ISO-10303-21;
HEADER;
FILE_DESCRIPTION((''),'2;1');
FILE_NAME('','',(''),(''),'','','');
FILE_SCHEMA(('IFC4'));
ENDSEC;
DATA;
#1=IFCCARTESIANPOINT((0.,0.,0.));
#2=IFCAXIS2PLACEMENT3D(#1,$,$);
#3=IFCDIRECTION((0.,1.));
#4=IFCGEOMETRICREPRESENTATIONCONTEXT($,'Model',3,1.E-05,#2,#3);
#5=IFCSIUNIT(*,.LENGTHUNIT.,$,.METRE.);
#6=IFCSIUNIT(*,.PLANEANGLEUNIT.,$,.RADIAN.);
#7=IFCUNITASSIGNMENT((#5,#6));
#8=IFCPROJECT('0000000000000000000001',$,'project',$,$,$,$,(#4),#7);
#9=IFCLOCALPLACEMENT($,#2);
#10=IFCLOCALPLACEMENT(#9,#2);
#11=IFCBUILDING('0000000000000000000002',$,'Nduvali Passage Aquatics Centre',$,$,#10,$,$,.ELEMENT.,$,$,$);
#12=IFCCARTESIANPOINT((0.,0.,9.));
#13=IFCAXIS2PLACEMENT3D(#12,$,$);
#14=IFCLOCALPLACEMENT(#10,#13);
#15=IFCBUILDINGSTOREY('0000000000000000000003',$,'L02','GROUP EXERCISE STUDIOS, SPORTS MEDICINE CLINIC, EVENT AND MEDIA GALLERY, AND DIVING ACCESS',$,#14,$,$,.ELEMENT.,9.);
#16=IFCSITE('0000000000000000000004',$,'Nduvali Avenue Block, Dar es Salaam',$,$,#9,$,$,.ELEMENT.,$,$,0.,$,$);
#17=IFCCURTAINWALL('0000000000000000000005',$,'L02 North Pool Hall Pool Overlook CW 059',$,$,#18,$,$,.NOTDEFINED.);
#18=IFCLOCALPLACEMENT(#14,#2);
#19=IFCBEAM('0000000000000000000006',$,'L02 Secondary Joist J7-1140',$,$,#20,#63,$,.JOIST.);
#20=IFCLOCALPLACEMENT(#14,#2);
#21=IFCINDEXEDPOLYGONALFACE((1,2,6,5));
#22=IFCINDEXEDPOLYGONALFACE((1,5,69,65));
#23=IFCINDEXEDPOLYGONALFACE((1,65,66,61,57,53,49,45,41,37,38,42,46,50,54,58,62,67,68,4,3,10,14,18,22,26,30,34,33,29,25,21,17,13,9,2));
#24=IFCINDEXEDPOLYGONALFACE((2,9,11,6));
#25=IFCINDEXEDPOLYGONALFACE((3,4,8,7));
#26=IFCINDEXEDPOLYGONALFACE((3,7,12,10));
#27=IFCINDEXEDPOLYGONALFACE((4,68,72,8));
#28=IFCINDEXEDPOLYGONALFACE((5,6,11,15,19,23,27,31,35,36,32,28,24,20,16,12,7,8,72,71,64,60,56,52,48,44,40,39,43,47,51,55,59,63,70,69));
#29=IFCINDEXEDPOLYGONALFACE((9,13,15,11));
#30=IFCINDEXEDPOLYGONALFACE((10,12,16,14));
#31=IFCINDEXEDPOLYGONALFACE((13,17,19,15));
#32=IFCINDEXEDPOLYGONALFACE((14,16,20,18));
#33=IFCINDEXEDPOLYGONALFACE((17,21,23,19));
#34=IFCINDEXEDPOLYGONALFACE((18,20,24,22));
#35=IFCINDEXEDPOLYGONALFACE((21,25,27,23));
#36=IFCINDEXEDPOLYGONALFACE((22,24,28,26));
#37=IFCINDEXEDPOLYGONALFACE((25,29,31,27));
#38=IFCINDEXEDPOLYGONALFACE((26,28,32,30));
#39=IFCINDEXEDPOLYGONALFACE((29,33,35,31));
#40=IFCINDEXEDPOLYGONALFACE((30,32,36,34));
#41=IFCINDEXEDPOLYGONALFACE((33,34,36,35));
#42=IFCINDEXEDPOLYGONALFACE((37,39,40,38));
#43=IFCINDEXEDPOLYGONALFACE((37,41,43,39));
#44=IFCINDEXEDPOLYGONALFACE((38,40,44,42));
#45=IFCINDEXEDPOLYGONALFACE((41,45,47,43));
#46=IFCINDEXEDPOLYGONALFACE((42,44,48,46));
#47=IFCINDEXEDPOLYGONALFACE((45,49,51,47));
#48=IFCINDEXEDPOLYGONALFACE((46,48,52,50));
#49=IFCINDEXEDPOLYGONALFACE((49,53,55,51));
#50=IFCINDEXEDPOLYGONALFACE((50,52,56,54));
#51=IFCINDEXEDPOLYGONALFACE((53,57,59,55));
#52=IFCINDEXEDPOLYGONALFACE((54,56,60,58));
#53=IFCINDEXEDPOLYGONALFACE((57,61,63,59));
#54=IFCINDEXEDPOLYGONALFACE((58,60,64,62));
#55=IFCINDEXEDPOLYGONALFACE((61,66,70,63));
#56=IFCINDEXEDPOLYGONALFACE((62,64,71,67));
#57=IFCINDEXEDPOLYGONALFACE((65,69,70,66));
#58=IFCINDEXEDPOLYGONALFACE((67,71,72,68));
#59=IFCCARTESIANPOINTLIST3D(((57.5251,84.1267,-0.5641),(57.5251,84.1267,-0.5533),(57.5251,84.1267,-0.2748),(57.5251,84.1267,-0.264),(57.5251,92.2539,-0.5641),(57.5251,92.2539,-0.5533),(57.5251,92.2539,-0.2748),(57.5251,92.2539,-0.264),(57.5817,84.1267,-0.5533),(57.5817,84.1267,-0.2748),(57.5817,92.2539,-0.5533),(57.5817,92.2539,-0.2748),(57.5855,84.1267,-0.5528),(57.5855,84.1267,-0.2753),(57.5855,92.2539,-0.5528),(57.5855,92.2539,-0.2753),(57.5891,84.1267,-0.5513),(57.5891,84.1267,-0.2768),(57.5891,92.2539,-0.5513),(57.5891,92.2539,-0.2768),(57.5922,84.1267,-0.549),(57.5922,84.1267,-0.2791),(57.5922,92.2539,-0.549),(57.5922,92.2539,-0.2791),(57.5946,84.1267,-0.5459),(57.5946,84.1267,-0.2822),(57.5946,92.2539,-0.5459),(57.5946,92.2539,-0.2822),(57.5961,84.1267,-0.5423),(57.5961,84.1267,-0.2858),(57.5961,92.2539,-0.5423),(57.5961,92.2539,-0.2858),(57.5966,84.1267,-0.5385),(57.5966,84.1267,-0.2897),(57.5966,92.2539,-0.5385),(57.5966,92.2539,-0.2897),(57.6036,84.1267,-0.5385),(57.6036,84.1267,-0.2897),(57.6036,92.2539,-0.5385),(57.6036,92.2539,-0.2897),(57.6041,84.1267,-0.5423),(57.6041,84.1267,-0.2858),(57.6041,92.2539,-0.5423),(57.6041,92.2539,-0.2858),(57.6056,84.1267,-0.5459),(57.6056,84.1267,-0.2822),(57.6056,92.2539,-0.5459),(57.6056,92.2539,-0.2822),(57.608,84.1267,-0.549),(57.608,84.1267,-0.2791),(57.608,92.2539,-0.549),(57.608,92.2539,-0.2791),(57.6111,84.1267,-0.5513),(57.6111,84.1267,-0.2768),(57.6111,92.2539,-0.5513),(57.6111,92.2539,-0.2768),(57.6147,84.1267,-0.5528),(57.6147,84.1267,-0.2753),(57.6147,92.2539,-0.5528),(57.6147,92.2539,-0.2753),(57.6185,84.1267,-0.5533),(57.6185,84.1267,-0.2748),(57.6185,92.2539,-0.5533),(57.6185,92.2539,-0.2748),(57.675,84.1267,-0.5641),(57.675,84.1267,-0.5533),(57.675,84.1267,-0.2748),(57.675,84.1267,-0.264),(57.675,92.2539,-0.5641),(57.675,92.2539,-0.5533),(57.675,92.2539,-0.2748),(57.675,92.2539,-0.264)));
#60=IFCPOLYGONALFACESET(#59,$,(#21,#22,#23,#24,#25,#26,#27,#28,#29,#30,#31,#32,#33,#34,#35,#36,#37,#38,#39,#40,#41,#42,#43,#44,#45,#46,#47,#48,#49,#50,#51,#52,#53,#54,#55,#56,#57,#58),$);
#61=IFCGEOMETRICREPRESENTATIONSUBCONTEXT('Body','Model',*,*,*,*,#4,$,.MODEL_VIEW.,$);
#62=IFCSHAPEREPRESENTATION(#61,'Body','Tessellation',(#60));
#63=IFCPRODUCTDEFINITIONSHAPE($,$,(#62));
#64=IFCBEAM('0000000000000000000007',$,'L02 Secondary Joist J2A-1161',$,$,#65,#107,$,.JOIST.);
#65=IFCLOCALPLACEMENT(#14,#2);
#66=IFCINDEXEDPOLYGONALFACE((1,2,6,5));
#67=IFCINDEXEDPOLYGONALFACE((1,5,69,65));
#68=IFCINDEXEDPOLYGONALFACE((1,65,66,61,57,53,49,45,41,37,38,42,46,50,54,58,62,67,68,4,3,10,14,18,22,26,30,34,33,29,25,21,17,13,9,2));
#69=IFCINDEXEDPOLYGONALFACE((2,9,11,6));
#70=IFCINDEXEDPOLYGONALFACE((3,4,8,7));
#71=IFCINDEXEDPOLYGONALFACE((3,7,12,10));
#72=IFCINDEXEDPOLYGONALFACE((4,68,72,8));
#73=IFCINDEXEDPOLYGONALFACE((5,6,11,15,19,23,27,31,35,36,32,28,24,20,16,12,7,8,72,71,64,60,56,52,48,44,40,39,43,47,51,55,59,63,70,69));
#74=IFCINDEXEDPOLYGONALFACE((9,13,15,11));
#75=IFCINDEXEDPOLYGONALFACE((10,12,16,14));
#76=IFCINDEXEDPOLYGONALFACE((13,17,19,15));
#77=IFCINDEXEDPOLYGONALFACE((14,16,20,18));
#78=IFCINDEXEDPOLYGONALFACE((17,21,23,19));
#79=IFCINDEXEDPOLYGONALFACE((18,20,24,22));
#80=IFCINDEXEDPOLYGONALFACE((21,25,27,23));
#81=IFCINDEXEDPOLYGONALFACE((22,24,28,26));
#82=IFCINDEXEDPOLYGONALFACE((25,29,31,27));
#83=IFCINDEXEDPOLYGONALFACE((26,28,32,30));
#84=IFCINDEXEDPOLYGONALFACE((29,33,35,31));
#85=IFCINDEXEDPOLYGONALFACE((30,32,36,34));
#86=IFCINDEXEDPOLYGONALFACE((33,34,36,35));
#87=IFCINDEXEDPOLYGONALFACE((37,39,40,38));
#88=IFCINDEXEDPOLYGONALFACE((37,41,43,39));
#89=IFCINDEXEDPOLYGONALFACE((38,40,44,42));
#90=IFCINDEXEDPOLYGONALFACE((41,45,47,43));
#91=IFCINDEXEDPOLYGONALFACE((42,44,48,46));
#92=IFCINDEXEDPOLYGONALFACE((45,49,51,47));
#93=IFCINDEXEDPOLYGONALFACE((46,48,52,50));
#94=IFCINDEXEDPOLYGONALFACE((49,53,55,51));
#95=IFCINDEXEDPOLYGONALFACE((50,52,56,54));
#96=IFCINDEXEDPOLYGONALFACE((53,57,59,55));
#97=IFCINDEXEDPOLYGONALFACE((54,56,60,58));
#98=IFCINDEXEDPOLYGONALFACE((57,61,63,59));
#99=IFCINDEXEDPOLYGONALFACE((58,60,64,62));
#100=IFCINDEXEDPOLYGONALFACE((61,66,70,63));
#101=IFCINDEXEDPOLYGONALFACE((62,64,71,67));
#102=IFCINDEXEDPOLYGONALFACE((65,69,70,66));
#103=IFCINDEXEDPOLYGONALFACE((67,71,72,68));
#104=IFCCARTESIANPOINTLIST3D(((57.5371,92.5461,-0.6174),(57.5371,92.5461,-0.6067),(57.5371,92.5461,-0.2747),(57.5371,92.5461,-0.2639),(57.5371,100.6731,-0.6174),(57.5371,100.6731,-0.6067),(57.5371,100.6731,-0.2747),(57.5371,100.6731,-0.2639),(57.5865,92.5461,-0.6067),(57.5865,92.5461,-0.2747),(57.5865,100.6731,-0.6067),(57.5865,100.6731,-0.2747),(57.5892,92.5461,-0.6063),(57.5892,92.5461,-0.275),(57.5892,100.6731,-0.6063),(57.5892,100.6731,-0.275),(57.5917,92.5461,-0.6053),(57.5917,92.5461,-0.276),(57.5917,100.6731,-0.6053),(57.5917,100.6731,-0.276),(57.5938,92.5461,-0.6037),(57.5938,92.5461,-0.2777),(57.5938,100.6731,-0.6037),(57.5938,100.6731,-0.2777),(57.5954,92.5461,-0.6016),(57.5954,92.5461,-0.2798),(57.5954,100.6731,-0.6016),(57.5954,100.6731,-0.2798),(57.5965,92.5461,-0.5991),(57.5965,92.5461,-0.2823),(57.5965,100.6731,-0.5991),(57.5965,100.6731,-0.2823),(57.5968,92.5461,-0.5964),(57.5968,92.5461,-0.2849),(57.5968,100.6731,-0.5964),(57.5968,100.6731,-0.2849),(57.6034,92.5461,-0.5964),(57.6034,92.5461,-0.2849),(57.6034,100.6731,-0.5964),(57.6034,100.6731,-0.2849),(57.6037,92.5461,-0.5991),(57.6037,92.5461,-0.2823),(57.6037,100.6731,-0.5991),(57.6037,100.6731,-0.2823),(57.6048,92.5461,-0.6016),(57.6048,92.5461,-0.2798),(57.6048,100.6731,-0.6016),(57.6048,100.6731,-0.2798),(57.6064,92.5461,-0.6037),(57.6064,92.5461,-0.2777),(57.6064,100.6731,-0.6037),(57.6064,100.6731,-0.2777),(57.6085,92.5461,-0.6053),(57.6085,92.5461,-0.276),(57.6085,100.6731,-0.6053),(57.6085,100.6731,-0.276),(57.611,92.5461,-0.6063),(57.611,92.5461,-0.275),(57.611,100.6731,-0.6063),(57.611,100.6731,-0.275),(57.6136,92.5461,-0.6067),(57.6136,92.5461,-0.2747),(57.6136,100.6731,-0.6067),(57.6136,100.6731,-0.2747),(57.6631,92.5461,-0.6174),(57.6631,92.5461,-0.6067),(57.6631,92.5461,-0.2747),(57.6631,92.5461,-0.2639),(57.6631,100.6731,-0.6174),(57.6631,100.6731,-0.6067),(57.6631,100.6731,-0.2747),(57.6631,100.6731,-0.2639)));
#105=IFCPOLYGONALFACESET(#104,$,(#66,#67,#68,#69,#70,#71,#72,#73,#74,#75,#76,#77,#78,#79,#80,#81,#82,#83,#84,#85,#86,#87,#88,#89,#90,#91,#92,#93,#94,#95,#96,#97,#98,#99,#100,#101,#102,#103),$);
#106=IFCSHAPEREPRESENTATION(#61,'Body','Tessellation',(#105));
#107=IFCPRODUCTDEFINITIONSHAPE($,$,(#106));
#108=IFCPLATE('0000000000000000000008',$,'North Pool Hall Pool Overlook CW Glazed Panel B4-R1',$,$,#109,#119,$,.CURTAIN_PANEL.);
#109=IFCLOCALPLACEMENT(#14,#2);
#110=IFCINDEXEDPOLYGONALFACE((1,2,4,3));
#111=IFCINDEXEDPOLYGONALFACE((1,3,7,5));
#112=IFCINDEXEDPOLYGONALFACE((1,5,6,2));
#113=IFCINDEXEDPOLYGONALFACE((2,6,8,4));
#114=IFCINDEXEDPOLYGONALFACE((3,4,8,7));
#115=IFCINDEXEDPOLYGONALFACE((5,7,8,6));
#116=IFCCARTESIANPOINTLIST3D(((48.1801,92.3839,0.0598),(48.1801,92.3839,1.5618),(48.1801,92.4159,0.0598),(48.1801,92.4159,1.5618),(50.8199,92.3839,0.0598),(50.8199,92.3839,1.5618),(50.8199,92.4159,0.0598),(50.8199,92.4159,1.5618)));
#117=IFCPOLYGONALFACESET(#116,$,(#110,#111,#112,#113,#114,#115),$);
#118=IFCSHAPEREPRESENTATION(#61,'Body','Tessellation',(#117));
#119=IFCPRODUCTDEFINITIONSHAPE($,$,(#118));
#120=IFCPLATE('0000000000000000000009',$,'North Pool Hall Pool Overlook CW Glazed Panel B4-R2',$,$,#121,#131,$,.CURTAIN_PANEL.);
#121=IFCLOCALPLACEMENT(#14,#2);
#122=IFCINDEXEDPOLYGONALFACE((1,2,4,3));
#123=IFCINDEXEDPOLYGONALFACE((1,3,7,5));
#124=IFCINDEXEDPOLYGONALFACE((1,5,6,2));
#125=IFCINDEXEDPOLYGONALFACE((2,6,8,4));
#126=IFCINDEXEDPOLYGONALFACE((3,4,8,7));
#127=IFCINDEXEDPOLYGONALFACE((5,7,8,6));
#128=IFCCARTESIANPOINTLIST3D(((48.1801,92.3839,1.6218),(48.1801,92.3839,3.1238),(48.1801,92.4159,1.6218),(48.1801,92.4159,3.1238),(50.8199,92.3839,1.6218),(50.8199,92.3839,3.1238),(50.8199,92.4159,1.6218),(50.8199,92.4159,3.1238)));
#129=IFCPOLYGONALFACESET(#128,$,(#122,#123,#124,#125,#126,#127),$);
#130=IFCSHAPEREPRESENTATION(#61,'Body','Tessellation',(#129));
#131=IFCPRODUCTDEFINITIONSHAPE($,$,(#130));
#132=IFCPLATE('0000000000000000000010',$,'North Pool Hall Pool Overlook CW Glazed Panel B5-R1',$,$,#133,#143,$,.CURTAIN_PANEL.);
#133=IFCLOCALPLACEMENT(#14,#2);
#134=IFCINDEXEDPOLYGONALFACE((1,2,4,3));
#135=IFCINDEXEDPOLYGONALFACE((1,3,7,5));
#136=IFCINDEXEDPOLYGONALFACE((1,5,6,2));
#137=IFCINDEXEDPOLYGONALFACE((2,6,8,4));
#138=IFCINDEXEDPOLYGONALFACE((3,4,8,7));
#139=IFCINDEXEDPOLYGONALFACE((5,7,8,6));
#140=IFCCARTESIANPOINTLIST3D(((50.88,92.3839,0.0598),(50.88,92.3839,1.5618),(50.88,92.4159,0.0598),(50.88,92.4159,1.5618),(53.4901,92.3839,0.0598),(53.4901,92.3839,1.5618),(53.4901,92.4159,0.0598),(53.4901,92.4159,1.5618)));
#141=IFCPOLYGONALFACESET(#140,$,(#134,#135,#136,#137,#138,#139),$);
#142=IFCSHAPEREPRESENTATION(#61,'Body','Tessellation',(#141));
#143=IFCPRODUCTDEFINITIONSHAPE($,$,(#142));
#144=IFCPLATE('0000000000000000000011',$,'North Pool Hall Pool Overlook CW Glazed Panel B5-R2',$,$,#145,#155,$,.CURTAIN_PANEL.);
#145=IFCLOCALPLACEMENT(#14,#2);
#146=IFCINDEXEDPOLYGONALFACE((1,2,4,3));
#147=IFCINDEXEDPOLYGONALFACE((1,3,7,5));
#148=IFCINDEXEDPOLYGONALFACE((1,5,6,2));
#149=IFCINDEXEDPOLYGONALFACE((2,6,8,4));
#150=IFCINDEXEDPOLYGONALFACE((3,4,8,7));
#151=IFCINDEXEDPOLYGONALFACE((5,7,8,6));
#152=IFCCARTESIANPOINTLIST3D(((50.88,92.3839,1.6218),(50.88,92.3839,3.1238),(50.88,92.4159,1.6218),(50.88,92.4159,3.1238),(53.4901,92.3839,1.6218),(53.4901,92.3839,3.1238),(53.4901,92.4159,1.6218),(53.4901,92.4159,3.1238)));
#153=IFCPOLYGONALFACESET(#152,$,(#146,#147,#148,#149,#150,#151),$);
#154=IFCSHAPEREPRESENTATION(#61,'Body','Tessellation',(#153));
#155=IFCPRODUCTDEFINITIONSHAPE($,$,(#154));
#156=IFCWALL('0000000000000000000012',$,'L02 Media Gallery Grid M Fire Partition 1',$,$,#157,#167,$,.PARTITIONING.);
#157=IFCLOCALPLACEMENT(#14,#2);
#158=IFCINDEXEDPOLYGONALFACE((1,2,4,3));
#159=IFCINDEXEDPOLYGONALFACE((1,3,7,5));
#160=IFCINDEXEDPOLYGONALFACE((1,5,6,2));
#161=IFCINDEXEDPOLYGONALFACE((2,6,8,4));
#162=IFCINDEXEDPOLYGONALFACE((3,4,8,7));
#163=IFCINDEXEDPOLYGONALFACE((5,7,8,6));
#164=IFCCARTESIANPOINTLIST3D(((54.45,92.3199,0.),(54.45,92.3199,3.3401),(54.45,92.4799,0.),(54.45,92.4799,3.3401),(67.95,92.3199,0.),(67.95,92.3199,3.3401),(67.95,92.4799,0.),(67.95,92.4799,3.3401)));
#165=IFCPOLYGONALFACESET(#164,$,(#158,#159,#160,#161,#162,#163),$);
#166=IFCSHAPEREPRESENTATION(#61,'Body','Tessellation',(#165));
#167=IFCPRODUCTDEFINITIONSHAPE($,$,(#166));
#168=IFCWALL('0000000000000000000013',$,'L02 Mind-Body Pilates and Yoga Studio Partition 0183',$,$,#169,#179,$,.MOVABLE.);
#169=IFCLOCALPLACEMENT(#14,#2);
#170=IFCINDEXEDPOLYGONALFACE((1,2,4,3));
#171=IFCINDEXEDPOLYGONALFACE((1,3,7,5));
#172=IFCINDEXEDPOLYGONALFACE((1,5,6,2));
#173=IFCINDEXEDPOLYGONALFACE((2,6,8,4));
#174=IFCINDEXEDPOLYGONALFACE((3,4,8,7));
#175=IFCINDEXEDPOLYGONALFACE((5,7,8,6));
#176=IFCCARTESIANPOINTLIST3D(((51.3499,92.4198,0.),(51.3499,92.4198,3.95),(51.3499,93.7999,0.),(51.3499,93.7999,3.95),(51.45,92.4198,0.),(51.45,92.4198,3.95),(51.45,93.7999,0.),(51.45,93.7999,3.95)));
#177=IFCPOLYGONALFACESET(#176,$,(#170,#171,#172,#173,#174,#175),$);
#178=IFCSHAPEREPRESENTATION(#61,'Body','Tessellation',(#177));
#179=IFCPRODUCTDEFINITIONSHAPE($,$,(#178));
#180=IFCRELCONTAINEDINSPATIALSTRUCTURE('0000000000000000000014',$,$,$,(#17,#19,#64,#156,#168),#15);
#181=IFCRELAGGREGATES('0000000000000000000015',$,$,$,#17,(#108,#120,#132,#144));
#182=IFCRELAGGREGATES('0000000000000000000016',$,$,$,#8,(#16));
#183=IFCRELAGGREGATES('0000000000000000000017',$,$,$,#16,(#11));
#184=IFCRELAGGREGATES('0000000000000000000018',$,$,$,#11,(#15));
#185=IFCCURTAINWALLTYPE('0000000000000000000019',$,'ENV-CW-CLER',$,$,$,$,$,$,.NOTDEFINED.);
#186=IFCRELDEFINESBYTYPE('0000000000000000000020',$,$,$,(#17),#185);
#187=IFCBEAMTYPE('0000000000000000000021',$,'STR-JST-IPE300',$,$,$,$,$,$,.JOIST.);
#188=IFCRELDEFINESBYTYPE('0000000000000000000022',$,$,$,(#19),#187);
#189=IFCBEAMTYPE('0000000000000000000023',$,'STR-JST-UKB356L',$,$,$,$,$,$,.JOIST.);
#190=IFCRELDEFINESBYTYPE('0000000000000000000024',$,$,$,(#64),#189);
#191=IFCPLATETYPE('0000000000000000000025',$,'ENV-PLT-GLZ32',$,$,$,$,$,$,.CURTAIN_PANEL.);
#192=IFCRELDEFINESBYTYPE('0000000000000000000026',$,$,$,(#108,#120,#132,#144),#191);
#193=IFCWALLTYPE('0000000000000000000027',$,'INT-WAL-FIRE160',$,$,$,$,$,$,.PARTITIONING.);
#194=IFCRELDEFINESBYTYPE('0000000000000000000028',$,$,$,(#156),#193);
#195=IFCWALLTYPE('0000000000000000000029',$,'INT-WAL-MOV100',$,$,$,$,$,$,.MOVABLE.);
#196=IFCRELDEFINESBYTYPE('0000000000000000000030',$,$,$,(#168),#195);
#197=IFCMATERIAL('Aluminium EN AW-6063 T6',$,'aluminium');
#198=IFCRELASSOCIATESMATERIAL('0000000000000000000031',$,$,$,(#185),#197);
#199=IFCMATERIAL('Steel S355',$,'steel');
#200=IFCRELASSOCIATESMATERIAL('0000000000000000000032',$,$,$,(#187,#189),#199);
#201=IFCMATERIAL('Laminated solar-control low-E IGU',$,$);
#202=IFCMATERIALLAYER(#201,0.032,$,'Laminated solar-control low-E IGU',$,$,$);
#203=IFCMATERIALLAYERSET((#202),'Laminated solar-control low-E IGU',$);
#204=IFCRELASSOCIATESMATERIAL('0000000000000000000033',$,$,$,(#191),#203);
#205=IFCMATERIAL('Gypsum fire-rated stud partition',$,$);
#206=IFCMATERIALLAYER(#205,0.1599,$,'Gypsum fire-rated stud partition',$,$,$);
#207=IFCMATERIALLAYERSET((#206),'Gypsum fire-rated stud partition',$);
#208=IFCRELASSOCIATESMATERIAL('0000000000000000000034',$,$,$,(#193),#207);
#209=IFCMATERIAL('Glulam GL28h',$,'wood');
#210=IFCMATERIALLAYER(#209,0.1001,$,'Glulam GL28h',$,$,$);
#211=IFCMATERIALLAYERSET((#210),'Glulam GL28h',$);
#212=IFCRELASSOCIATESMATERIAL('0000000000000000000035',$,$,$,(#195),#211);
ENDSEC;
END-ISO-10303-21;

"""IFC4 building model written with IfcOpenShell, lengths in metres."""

from ifc_helpers import new_model, si_unit, direction, frame, frame_2d, origin, origin_2d, place, context, subcontext, project, spatial, rectangle, i_section, extrude, material, layer, layer_set, material_profile, profile_set, type_object, element, aggregate, save


model = new_model("IFC4")

# Units and contexts
model_context = context("Model", 3, precision=1e-05, world=origin(), true_north=direction((0.0, 1.0)))
body_context = subcontext(model_context, "Body", "Model", "MODEL_VIEW")
ifc_project = project(units=[si_unit("LENGTHUNIT", "METRE"), si_unit("PLANEANGLEUNIT", "RADIAN")], contexts=[model_context])

# Site, building, storey
site_placement = place(None, origin())
site = spatial("IfcSite", under=ifc_project, at=site_placement, Name="Nduvali Avenue Block, Dar es Salaam", CompositionType="ELEMENT", RefElevation=0.0)
building_placement = place(site_placement, origin())
building = spatial("IfcBuilding", under=site, at=building_placement, Name="Nduvali Passage Aquatics Centre", CompositionType="ELEMENT")
storey_placement = place(building_placement, frame((0.0, 0.0, 9.0)))
storey = spatial("IfcBuildingStorey", under=building, at=storey_placement, Name="L02", Description="GROUP EXERCISE STUDIOS, SPORTS MEDICINE CLINIC, EVENT AND MEDIA GALLERY, AND DIVING ACCESS", CompositionType="ELEMENT", Elevation=9.0)

# Curtain wall
ifc_material_1 = material(Name="Aluminium EN AW-6063 T6", Category="aluminium")
curtain_wall_type = type_object("IfcCurtainWallType", Name="ENV-CW-CLER", PredefinedType="NOTDEFINED", material=ifc_material_1)
curtain_wall_placement = place(storey_placement, origin())
curtain_wall = element("IfcCurtainWall", 1, at=curtain_wall_placement, inside=storey, type_object=curtain_wall_type, Name="L02 North Pool Hall Pool Overlook CW 059", PredefinedType="NOTDEFINED")

# Beams
ifc_material_2 = material(Name="Steel S355", Category="steel")
ifc_material_profile_1 = material_profile(ifc_material_2, i_section(OverallWidth=0.1499, OverallDepth=0.3, WebThickness=0.0071, FlangeThickness=0.0107, FilletRadius=0.0149, at=origin_2d()), Name="IPE 300")
ifc_profile_set_1 = profile_set([ifc_material_profile_1], Name="Steel S355")
beam_type_1 = type_object("IfcBeamType", Name="STR-JST-IPE300", PredefinedType="JOIST", material=ifc_profile_set_1)
beam_1_placement = place(storey_placement, frame((57.6001, 84.1267, -0.4141), z_axis=(0.0, 1.0, 0.0), x_axis=(-1.0, 0.0, 0.0)))
element("IfcBeam", 2, at=beam_1_placement, inside=storey, type_object=beam_type_1, Name="L02 Secondary Joist J7-1140", PredefinedType="JOIST", context=body_context, shape_type="SweptSolid", body=[
    extrude(i_section(OverallWidth=0.1499, OverallDepth=0.3, WebThickness=0.0071, FlangeThickness=0.0107, FilletRadius=0.0149, at=origin_2d()), origin(), (0.0, 0.0, 1.0), 8.1272),
])
ifc_material_profile_2 = material_profile(ifc_material_2, i_section(OverallWidth=0.126, OverallDepth=0.3535, WebThickness=0.0066, FlangeThickness=0.0107, FilletRadius=0.0103, at=origin_2d()), Name="UKB 356x127x39")
ifc_profile_set_2 = profile_set([ifc_material_profile_2], Name="Steel S355")
beam_type_2 = type_object("IfcBeamType", Name="STR-JST-UKB356L", PredefinedType="JOIST", material=ifc_profile_set_2)
beam_2_placement = place(storey_placement, frame((57.6001, 92.5461, -0.4407), z_axis=(0.0, 1.0, 0.0), x_axis=(-1.0, 0.0, 0.0)))
element("IfcBeam", 3, at=beam_2_placement, inside=storey, type_object=beam_type_2, Name="L02 Secondary Joist J2A-1161", PredefinedType="JOIST", context=body_context, shape_type="SweptSolid", body=[
    extrude(i_section(OverallWidth=0.126, OverallDepth=0.3535, WebThickness=0.0066, FlangeThickness=0.0107, FilletRadius=0.0103, at=origin_2d()), origin(), (0.0, 0.0, 1.0), 8.127),
])

# Plates
ifc_material_3 = material(Name="Laminated solar-control low-E IGU")
ifc_layer_1 = layer(ifc_material_3, 0.032, Name="Laminated solar-control low-E IGU")
ifc_layer_set_1 = layer_set([ifc_layer_1], Name="Laminated solar-control low-E IGU")
plate_type = type_object("IfcPlateType", Name="ENV-PLT-GLZ32", PredefinedType="CURTAIN_PANEL", material=ifc_layer_set_1)
plate_1_placement = place(storey_placement, frame((49.5, 92.3999, 0.0598), z_axis=(0.0, 0.0, 1.0), x_axis=(1.0, 0.0, 0.0)))
plate_1 = element("IfcPlate", 4, at=plate_1_placement, type_object=plate_type, Name="North Pool Hall Pool Overlook CW Glazed Panel B4-R1", PredefinedType="CURTAIN_PANEL", context=body_context, shape_type="SweptSolid", body=[
    extrude(rectangle(XDim=2.6399, YDim=0.032, at=origin_2d()), origin(), (0.0, 0.0, 1.0), 1.502),
])
plate_2_placement = place(storey_placement, frame((49.5, 92.3999, 1.6218), z_axis=(0.0, 0.0, 1.0), x_axis=(1.0, 0.0, 0.0)))
plate_2 = element("IfcPlate", 5, at=plate_2_placement, type_object=plate_type, Name="North Pool Hall Pool Overlook CW Glazed Panel B4-R2", PredefinedType="CURTAIN_PANEL", context=body_context, shape_type="SweptSolid", body=[
    extrude(rectangle(XDim=2.6399, YDim=0.032, at=origin_2d()), origin(), (0.0, 0.0, 1.0), 1.502),
])
plate_3_placement = place(storey_placement, frame((52.1851, 92.3999, 0.0598), z_axis=(0.0, 0.0, 1.0), x_axis=(1.0, 0.0, 0.0)))
plate_3 = element("IfcPlate", 6, at=plate_3_placement, type_object=plate_type, Name="North Pool Hall Pool Overlook CW Glazed Panel B5-R1", PredefinedType="CURTAIN_PANEL", context=body_context, shape_type="SweptSolid", body=[
    extrude(rectangle(XDim=2.6101, YDim=0.032, at=origin_2d()), origin(), (0.0, 0.0, 1.0), 1.502),
])
plate_4_placement = place(storey_placement, frame((52.1851, 92.3999, 1.6218), z_axis=(0.0, 0.0, 1.0), x_axis=(1.0, 0.0, 0.0)))
plate_4 = element("IfcPlate", 7, at=plate_4_placement, type_object=plate_type, Name="North Pool Hall Pool Overlook CW Glazed Panel B5-R2", PredefinedType="CURTAIN_PANEL", context=body_context, shape_type="SweptSolid", body=[
    extrude(rectangle(XDim=2.6101, YDim=0.032, at=origin_2d()), origin(), (0.0, 0.0, 1.0), 1.502),
])
aggregate(curtain_wall, [plate_1, plate_2, plate_3, plate_4])

# Walls
ifc_material_4 = material(Name="Gypsum fire-rated stud partition")
ifc_layer_2 = layer(ifc_material_4, 0.1599, Name="Gypsum fire-rated stud partition")
ifc_layer_set_2 = layer_set([ifc_layer_2], Name="Gypsum fire-rated stud partition")
wall_type_1 = type_object("IfcWallType", Name="INT-WAL-FIRE160", PredefinedType="PARTITIONING", material=ifc_layer_set_2)
wall_1_placement = place(storey_placement, frame((54.45, 92.3999, 0.0), z_axis=(0.0, 0.0, 1.0), x_axis=(1.0, 0.0, 0.0)))
element("IfcWall", 8, at=wall_1_placement, inside=storey, type_object=wall_type_1, Name="L02 Media Gallery Grid M Fire Partition 1", PredefinedType="PARTITIONING", context=body_context, shape_type="SweptSolid", body=[
    extrude(rectangle(XDim=13.5, YDim=0.1599, at=frame_2d((6.75, 0.0))), origin(), (0.0, 0.0, 1.0), 3.3401),
])
ifc_material_5 = material(Name="Glulam GL28h", Category="wood")
ifc_layer_3 = layer(ifc_material_5, 0.1001, Name="Glulam GL28h")
ifc_layer_set_3 = layer_set([ifc_layer_3], Name="Glulam GL28h")
wall_type_2 = type_object("IfcWallType", Name="INT-WAL-MOV100", PredefinedType="MOVABLE", material=ifc_layer_set_3)
wall_2_placement = place(storey_placement, frame((51.3999, 92.4199, 0.0), z_axis=(0.0, 0.0, 1.0), x_axis=(0.0, 1.0, 0.0)))
element("IfcWall", 9, at=wall_2_placement, inside=storey, type_object=wall_type_2, Name="L02 Mind-Body Pilates and Yoga Studio Partition 0183", PredefinedType="MOVABLE", context=body_context, shape_type="SweptSolid", body=[
    extrude(rectangle(XDim=1.3801, YDim=0.1001, at=frame_2d((0.6899, 0.0))), origin(), (0.0, 0.0, 1.0), 3.95),
])

save(model, "model.ifc")
